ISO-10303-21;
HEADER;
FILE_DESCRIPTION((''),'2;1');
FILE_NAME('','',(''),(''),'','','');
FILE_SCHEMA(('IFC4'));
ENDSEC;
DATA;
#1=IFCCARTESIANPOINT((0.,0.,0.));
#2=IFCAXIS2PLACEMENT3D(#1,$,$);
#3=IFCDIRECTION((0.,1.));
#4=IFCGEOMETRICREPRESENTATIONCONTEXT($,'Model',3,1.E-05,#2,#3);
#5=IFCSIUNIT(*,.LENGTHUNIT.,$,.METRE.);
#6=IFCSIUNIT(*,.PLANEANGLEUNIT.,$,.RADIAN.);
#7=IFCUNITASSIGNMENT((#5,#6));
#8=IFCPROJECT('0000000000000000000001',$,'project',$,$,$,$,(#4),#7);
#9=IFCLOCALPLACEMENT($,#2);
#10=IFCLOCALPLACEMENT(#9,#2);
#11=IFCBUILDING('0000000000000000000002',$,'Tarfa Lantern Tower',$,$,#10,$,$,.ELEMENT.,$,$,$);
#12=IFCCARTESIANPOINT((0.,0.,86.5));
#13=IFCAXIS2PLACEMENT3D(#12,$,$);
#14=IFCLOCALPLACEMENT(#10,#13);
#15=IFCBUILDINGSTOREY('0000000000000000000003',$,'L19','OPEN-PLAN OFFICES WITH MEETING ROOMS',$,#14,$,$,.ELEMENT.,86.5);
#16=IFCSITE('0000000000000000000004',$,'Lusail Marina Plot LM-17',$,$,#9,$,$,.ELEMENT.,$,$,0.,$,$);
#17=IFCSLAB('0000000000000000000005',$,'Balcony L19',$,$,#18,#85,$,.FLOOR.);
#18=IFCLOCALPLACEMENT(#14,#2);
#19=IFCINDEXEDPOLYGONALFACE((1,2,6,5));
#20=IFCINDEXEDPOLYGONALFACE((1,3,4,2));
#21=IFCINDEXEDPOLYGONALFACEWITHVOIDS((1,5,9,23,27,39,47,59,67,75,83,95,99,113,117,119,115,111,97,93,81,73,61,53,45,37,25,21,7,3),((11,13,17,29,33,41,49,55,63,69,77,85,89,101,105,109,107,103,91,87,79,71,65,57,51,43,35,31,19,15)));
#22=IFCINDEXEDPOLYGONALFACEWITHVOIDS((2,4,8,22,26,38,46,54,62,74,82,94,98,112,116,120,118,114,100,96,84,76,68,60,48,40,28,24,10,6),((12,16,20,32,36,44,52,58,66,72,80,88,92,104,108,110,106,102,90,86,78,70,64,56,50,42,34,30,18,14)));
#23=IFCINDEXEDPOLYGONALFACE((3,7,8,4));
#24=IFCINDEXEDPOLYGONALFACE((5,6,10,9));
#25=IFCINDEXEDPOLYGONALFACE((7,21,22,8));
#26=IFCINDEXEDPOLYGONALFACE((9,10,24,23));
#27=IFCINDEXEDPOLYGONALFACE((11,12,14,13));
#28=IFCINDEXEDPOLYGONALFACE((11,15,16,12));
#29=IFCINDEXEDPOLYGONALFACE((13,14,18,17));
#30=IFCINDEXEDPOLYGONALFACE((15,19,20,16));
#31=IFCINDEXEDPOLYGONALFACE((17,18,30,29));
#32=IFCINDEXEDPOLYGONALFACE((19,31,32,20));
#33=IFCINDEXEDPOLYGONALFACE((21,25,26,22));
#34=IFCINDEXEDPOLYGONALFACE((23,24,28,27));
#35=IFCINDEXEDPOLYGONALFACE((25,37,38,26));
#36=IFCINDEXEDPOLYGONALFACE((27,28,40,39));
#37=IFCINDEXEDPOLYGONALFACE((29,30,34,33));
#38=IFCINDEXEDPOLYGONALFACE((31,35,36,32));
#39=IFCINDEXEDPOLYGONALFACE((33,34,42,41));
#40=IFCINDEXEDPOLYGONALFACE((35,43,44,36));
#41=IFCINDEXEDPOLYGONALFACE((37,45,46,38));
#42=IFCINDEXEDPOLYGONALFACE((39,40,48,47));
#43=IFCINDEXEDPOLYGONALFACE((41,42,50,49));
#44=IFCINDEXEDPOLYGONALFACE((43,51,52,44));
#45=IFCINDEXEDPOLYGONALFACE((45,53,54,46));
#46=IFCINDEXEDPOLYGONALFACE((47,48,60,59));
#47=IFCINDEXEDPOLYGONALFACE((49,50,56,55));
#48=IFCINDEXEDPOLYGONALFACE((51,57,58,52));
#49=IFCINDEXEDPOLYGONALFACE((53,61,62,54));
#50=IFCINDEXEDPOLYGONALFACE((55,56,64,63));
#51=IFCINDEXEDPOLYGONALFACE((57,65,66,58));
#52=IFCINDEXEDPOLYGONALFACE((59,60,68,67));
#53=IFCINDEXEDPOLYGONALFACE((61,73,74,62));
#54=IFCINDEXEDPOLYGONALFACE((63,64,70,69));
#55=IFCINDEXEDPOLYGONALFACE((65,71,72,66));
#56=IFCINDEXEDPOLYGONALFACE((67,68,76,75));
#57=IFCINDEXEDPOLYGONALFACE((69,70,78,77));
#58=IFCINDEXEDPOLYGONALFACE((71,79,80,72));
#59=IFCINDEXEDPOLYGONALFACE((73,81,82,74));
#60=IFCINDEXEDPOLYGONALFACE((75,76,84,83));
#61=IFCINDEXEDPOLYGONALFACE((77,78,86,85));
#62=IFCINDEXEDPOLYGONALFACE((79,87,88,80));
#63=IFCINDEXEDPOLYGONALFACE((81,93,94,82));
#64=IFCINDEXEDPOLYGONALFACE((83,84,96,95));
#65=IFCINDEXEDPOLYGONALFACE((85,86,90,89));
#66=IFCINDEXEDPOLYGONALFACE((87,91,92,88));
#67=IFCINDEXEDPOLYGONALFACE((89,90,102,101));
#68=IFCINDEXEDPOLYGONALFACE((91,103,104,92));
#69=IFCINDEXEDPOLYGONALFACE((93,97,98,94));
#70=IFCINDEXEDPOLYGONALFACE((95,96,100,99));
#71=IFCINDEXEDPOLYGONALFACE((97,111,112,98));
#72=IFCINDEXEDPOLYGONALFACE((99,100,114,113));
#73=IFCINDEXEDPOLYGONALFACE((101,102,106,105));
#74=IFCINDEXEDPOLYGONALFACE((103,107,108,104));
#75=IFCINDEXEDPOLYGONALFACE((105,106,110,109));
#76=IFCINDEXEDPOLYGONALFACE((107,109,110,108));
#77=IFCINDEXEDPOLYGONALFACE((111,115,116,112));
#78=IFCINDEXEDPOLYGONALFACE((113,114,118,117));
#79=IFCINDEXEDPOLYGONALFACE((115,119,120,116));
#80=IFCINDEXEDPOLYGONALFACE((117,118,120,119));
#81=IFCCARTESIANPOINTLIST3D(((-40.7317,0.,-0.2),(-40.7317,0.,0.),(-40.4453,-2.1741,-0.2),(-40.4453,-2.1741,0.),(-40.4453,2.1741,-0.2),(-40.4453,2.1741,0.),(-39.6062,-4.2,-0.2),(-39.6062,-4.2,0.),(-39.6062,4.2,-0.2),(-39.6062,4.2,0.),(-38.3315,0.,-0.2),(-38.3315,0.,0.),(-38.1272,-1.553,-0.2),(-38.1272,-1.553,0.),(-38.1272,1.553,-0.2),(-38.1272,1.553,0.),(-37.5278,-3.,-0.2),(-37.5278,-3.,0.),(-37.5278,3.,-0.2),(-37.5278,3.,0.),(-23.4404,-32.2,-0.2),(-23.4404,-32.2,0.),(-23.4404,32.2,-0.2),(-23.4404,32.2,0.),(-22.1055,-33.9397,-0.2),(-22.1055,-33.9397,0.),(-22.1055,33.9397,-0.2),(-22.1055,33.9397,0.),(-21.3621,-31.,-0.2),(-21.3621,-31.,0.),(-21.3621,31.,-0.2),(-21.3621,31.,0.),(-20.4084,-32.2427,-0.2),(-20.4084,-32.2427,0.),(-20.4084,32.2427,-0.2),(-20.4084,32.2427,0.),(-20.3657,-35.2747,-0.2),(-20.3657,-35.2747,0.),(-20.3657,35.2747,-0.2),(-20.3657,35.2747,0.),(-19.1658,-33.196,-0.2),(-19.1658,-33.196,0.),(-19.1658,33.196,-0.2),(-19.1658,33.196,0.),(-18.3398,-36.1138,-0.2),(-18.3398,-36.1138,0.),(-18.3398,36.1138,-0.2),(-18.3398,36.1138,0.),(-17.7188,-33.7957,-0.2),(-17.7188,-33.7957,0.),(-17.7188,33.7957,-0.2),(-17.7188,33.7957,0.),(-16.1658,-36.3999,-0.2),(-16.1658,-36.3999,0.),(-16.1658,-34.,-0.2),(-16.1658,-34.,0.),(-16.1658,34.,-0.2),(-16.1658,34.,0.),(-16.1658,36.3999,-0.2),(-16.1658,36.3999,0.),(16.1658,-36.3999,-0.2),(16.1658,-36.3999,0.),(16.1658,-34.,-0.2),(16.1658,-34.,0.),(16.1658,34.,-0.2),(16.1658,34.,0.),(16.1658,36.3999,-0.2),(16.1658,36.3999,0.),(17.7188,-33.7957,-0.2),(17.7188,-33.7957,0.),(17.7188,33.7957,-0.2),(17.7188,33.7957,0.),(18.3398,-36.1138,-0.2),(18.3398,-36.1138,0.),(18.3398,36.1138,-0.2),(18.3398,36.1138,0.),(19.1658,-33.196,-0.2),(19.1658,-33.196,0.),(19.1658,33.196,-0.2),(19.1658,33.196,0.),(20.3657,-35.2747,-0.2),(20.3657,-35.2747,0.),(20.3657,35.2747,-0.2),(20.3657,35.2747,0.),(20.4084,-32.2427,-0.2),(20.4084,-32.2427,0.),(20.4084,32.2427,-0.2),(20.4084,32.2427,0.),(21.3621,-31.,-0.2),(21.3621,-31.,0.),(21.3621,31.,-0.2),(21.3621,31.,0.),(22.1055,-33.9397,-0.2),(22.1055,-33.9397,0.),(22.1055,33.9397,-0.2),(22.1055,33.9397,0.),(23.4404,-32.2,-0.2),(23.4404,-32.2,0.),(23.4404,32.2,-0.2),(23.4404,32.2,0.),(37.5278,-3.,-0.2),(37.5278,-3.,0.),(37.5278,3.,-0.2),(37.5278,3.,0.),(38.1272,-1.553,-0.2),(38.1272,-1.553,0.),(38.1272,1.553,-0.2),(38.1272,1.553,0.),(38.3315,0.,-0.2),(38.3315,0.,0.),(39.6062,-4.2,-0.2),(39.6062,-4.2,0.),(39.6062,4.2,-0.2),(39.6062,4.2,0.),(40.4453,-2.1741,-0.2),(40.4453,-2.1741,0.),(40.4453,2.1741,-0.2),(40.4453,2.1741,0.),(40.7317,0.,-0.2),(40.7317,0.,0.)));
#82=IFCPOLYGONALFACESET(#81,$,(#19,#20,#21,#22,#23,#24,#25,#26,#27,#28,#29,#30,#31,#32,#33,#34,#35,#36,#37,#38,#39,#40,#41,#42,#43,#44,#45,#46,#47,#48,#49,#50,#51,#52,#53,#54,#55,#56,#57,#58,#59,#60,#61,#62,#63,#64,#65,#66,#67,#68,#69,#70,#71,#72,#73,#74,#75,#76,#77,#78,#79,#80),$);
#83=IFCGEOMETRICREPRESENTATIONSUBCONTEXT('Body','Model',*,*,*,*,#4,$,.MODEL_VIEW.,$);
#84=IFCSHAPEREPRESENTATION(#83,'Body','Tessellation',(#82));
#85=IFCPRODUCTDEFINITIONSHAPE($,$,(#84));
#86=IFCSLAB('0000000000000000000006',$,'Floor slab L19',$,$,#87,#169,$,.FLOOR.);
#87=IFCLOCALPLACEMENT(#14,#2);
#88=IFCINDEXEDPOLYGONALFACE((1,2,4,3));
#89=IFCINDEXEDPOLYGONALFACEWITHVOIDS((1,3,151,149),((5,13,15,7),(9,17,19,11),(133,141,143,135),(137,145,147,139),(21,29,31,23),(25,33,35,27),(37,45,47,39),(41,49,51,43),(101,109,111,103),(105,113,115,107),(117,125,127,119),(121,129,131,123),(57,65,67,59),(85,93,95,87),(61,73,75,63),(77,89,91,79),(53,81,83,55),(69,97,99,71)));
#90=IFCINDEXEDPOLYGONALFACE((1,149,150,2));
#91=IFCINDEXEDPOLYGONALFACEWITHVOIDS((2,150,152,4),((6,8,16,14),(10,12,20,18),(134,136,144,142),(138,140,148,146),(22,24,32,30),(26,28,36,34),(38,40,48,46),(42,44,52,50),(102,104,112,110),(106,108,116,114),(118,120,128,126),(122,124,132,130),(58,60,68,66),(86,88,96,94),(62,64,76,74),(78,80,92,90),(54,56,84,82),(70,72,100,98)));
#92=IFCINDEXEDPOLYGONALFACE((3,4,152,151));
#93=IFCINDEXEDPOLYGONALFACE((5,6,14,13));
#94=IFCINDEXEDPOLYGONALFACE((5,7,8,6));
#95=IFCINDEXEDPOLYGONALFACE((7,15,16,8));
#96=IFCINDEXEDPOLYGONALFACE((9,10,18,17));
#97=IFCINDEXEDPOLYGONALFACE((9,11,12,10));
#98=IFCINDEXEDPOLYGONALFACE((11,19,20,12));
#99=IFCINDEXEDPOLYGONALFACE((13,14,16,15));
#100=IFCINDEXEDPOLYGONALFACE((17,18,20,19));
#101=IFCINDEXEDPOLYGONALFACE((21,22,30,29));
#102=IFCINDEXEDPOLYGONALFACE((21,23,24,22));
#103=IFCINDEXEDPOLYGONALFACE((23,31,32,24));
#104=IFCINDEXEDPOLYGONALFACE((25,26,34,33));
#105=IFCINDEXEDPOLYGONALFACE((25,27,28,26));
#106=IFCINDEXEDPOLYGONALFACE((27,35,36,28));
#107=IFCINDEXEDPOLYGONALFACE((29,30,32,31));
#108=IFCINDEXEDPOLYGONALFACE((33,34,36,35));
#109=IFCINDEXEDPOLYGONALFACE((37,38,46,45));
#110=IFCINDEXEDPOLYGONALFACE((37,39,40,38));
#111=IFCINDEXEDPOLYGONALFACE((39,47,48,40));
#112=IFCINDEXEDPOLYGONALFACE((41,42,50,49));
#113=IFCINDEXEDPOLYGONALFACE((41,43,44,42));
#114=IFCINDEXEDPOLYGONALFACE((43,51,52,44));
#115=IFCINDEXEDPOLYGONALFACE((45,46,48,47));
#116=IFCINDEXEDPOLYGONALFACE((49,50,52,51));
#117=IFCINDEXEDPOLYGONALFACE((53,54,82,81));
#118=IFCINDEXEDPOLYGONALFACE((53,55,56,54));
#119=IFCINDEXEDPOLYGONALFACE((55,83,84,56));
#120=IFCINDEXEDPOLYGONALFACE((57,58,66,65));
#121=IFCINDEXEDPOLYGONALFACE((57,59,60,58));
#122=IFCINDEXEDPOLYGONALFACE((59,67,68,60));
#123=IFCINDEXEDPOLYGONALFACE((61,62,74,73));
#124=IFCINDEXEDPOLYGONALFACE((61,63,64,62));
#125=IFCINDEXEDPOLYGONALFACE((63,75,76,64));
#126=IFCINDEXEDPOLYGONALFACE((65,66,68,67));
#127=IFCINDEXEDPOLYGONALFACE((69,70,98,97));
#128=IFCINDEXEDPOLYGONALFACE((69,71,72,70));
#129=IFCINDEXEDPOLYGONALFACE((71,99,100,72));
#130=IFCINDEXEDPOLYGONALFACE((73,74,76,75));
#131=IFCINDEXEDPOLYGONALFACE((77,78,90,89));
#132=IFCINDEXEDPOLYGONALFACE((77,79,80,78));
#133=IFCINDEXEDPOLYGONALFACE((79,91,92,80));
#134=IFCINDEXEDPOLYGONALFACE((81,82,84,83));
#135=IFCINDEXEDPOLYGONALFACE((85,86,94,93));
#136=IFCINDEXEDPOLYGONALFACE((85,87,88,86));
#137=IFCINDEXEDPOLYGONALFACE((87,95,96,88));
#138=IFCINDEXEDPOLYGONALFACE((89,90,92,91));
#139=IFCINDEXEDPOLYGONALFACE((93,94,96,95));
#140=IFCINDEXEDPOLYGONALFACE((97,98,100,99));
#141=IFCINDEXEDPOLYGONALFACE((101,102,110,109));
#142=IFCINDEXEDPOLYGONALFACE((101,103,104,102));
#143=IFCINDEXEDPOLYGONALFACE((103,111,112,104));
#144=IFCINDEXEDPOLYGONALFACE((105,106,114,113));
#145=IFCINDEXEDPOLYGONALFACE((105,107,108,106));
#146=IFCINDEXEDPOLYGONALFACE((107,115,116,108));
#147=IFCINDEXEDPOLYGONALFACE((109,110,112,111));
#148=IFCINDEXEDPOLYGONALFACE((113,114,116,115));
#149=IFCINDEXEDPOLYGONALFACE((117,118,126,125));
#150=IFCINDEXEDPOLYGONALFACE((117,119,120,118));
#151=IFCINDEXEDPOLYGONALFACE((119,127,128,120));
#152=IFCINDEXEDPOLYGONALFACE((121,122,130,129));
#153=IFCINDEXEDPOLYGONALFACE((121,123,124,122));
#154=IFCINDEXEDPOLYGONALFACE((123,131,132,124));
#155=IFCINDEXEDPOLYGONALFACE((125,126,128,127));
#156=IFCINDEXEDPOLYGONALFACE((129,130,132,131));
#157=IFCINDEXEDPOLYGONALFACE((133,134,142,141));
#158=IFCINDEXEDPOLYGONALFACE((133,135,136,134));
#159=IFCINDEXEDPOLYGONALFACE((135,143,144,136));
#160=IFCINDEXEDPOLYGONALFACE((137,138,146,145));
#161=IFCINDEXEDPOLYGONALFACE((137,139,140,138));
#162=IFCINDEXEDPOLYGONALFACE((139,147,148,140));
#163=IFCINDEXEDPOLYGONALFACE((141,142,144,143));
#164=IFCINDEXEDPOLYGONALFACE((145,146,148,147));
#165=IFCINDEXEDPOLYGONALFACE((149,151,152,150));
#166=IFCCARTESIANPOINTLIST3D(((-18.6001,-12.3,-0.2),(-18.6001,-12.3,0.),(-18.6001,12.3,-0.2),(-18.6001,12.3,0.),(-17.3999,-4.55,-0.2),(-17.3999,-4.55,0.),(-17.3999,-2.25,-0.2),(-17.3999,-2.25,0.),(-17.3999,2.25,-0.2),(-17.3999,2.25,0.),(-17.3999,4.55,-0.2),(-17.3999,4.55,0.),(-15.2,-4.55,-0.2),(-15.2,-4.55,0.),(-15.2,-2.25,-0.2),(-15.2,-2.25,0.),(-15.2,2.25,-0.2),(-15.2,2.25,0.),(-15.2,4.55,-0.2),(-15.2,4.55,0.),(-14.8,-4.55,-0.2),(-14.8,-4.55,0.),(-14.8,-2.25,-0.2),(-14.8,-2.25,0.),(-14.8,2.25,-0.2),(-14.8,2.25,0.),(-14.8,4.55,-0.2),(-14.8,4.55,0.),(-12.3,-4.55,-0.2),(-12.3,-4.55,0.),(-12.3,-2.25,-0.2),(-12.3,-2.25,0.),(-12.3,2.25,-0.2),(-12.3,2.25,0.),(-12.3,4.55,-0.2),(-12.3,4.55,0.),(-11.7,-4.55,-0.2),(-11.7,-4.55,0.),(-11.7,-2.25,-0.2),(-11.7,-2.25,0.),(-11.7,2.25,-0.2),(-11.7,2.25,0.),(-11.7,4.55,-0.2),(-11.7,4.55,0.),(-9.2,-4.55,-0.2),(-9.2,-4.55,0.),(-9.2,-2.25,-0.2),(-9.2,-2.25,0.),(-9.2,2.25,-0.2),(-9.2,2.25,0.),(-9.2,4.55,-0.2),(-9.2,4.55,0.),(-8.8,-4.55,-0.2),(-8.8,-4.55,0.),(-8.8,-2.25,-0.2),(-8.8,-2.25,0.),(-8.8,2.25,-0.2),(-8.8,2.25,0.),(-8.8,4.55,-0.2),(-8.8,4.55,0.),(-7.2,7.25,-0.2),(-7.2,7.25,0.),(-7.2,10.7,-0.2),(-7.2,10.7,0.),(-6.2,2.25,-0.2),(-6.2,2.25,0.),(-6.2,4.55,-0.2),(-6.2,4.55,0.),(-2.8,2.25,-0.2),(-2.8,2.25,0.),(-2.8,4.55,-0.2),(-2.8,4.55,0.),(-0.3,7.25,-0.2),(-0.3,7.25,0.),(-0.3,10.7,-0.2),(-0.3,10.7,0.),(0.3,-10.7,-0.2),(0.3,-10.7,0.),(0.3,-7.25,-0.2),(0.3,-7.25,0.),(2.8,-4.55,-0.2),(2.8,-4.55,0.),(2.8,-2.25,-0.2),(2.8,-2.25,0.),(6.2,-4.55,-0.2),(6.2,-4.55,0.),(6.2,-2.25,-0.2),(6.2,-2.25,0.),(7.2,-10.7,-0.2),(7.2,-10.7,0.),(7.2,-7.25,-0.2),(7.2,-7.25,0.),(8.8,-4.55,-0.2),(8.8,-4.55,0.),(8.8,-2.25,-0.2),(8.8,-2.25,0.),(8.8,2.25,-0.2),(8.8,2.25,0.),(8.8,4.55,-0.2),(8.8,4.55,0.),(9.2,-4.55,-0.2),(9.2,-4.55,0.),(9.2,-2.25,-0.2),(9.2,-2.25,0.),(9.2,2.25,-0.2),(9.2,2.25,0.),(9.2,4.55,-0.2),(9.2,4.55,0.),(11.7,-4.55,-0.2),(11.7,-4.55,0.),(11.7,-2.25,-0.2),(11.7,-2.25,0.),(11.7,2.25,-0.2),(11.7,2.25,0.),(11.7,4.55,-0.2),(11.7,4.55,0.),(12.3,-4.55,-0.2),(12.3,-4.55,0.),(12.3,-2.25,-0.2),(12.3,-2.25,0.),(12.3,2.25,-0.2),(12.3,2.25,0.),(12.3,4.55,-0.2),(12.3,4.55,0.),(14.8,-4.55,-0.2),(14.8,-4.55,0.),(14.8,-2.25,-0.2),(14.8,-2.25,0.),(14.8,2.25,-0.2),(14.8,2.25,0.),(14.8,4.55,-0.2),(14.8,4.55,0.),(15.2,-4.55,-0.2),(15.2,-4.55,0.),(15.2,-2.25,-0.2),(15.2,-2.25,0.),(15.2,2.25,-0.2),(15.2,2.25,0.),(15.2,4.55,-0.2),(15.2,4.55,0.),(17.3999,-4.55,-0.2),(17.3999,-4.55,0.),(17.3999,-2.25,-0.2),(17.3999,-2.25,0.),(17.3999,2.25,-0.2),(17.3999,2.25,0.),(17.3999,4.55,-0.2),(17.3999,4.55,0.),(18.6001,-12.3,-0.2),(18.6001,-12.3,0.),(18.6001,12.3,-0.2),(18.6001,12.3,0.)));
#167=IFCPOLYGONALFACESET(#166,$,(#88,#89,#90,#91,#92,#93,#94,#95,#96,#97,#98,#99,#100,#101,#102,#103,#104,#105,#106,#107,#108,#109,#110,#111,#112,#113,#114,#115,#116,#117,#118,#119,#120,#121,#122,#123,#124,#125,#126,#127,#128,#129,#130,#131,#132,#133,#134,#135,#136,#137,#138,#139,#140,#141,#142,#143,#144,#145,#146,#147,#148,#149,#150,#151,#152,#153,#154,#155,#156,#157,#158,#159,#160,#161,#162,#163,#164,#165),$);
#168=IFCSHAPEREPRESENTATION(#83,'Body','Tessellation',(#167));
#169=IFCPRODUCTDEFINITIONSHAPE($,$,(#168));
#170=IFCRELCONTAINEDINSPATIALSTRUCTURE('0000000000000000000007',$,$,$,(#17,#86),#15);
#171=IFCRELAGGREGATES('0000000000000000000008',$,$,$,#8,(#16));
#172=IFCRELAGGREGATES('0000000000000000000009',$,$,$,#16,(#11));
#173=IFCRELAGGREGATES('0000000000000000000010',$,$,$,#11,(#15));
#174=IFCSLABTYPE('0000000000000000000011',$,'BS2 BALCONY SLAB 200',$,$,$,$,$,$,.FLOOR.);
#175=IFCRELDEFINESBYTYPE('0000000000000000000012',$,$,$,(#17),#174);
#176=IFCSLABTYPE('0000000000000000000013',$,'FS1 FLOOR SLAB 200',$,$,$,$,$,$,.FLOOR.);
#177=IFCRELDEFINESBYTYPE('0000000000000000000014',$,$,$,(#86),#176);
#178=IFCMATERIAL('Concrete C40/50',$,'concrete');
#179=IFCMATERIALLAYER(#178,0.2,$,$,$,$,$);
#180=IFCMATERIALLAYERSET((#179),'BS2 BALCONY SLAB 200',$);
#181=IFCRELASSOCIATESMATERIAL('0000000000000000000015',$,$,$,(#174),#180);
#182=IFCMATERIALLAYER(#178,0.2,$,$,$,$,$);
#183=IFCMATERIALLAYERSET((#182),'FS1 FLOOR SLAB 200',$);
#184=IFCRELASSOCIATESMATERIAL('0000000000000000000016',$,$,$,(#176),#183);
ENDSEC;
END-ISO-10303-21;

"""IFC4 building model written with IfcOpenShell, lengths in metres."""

from ifc_helpers import new_model, si_unit, direction, frame, origin, place, context, subcontext, project, spatial, polyline, outline, extrude, material, layer, layer_set, type_object, element, save


model = new_model("IFC4")

# Units and contexts
model_context = context("Model", 3, precision=1e-05, world=origin(), true_north=direction((0.0, 1.0)))
body_context = subcontext(model_context, "Body", "Model", "MODEL_VIEW")
ifc_project = project(units=[si_unit("LENGTHUNIT", "METRE"), si_unit("PLANEANGLEUNIT", "RADIAN")], contexts=[model_context])

# Site, building, storey
site_placement = place(None, origin())
site = spatial("IfcSite", under=ifc_project, at=site_placement, Name="Lusail Marina Plot LM-17", CompositionType="ELEMENT", RefElevation=0.0)
building_placement = place(site_placement, origin())
building = spatial("IfcBuilding", under=site, at=building_placement, Name="Tarfa Lantern Tower", CompositionType="ELEMENT")
storey_placement = place(building_placement, frame((0.0, 0.0, 86.5)))
storey = spatial("IfcBuildingStorey", under=building, at=storey_placement, Name="L19", Description="OPEN-PLAN OFFICES WITH MEETING ROOMS", CompositionType="ELEMENT", Elevation=86.5)

# Slabs
ifc_material_1 = material(Name="Concrete C40/50", Category="concrete")
ifc_layer_1 = layer(ifc_material_1, 0.2)
ifc_layer_set_1 = layer_set([ifc_layer_1], Name="BS2 BALCONY SLAB 200")
slab_type_1 = type_object("IfcSlabType", Name="BS2 BALCONY SLAB 200", PredefinedType="FLOOR", material=ifc_layer_set_1)
slab_1_placement = place(storey_placement, frame((0.0, 0.0, -0.2)))
element("IfcSlab", 1, at=slab_1_placement, inside=storey, type_object=slab_type_1, Name="Balcony L19", PredefinedType="FLOOR", context=body_context, shape_type="SweptSolid", body=[
    extrude(outline(polyline([(39.6062, 4.2), (23.4404, 32.2), (22.1055, 33.9397), (20.3657, 35.2747), (18.3398, 36.1138), (16.1658, 36.3999), (-16.1658, 36.3999), (-18.3398, 36.1138), (-20.3657, 35.2747), (-22.1055, 33.9397), (-23.4404, 32.2), (-39.6062, 4.2), (-40.4453, 2.1741), (-40.7317, 0.0), (-40.4453, -2.1741), (-39.6062, -4.2), (-23.4404, -32.2), (-22.1055, -33.9397), (-20.3657, -35.2747), (-18.3398, -36.1138), (-16.1658, -36.3999), (16.1658, -36.3999), (18.3398, -36.1138), (20.3657, -35.2747), (22.1055, -33.9397), (23.4404, -32.2), (39.6062, -4.2), (40.4453, -2.1741), (40.7317, 0.0), (40.4453, 2.1741), (39.6062, 4.2)]), holes=[polyline([(37.5278, 3.0), (21.3621, 31.0), (20.4084, 32.2427), (19.1658, 33.196), (17.7188, 33.7957), (16.1658, 34.0), (-16.1658, 34.0), (-17.7188, 33.7957), (-19.1658, 33.196), (-20.4084, 32.2427), (-21.3621, 31.0), (-37.5278, 3.0), (-38.1272, 1.553), (-38.3315, 0.0), (-38.1272, -1.553), (-37.5278, -3.0), (-21.3621, -31.0), (-20.4084, -32.2427), (-19.1658, -33.196), (-17.7188, -33.7957), (-16.1658, -34.0), (16.1658, -34.0), (17.7188, -33.7957), (19.1658, -33.196), (20.4084, -32.2427), (21.3621, -31.0), (37.5278, -3.0), (38.1272, -1.553), (38.3315, 0.0), (38.1272, 1.553), (37.5278, 3.0)])]), origin(), (0.0, 0.0, 1.0), 0.2),
])
ifc_layer_2 = layer(ifc_material_1, 0.2)
ifc_layer_set_2 = layer_set([ifc_layer_2], Name="FS1 FLOOR SLAB 200")
slab_type_2 = type_object("IfcSlabType", Name="FS1 FLOOR SLAB 200", PredefinedType="FLOOR", material=ifc_layer_set_2)
slab_2_placement = place(storey_placement, frame((0.0, 0.0, -0.2)))
element("IfcSlab", 2, at=slab_2_placement, inside=storey, type_object=slab_type_2, Name="Floor slab L19", PredefinedType="FLOOR", context=body_context, shape_type="SweptSolid", body=[
    extrude(outline(polyline([(-18.6001, -12.3), (18.6001, -12.3), (18.6001, 12.3), (-18.6001, 12.3), (-18.6001, -12.3)]), holes=[polyline([(-17.3999, 2.25), (-15.2, 2.25), (-15.2, 4.55), (-17.3999, 4.55), (-17.3999, 2.25)]), polyline([(-14.8, 2.25), (-12.3, 2.25), (-12.3, 4.55), (-14.8, 4.55), (-14.8, 2.25)]), polyline([(-11.7, 2.25), (-9.2, 2.25), (-9.2, 4.55), (-11.7, 4.55), (-11.7, 2.25)]), polyline([(-8.8, 2.25), (-6.2, 2.25), (-6.2, 4.55), (-8.8, 4.55), (-8.8, 2.25)]), polyline([(-2.8, 2.25), (8.8, 2.25), (8.8, 4.55), (-2.8, 4.55), (-2.8, 2.25)]), polyline([(9.2, 2.25), (11.7, 2.25), (11.7, 4.55), (9.2, 4.55), (9.2, 2.25)]), polyline([(12.3, 2.25), (14.8, 2.25), (14.8, 4.55), (12.3, 4.55), (12.3, 2.25)]), polyline([(15.2, 2.25), (17.3999, 2.25), (17.3999, 4.55), (15.2, 4.55), (15.2, 2.25)]), polyline([(17.3999, -2.25), (15.2, -2.25), (15.2, -4.55), (17.3999, -4.55), (17.3999, -2.25)]), polyline([(14.8, -2.25), (12.3, -2.25), (12.3, -4.55), (14.8, -4.55), (14.8, -2.25)]), polyline([(11.7, -2.25), (9.2, -2.25), (9.2, -4.55), (11.7, -4.55), (11.7, -2.25)]), polyline([(8.8, -2.25), (6.2, -2.25), (6.2, -4.55), (8.8, -4.55), (8.8, -2.25)]), polyline([(2.8, -2.25), (-8.8, -2.25), (-8.8, -4.55), (2.8, -4.55), (2.8, -2.25)]), polyline([(-9.2, -2.25), (-11.7, -2.25), (-11.7, -4.55), (-9.2, -4.55), (-9.2, -2.25)]), polyline([(-12.3, -2.25), (-14.8, -2.25), (-14.8, -4.55), (-12.3, -4.55), (-12.3, -2.25)]), polyline([(-15.2, -2.25), (-17.3999, -2.25), (-17.3999, -4.55), (-15.2, -4.55), (-15.2, -2.25)]), polyline([(-7.2, 7.25), (-0.3, 7.25), (-0.3, 10.7), (-7.2, 10.7), (-7.2, 7.25)]), polyline([(7.2, -7.25), (0.3, -7.25), (0.3, -10.7), (7.2, -10.7), (7.2, -7.25)])]), origin(), (0.0, 0.0, 1.0), 0.2),
])

save(model, "model.ifc")
